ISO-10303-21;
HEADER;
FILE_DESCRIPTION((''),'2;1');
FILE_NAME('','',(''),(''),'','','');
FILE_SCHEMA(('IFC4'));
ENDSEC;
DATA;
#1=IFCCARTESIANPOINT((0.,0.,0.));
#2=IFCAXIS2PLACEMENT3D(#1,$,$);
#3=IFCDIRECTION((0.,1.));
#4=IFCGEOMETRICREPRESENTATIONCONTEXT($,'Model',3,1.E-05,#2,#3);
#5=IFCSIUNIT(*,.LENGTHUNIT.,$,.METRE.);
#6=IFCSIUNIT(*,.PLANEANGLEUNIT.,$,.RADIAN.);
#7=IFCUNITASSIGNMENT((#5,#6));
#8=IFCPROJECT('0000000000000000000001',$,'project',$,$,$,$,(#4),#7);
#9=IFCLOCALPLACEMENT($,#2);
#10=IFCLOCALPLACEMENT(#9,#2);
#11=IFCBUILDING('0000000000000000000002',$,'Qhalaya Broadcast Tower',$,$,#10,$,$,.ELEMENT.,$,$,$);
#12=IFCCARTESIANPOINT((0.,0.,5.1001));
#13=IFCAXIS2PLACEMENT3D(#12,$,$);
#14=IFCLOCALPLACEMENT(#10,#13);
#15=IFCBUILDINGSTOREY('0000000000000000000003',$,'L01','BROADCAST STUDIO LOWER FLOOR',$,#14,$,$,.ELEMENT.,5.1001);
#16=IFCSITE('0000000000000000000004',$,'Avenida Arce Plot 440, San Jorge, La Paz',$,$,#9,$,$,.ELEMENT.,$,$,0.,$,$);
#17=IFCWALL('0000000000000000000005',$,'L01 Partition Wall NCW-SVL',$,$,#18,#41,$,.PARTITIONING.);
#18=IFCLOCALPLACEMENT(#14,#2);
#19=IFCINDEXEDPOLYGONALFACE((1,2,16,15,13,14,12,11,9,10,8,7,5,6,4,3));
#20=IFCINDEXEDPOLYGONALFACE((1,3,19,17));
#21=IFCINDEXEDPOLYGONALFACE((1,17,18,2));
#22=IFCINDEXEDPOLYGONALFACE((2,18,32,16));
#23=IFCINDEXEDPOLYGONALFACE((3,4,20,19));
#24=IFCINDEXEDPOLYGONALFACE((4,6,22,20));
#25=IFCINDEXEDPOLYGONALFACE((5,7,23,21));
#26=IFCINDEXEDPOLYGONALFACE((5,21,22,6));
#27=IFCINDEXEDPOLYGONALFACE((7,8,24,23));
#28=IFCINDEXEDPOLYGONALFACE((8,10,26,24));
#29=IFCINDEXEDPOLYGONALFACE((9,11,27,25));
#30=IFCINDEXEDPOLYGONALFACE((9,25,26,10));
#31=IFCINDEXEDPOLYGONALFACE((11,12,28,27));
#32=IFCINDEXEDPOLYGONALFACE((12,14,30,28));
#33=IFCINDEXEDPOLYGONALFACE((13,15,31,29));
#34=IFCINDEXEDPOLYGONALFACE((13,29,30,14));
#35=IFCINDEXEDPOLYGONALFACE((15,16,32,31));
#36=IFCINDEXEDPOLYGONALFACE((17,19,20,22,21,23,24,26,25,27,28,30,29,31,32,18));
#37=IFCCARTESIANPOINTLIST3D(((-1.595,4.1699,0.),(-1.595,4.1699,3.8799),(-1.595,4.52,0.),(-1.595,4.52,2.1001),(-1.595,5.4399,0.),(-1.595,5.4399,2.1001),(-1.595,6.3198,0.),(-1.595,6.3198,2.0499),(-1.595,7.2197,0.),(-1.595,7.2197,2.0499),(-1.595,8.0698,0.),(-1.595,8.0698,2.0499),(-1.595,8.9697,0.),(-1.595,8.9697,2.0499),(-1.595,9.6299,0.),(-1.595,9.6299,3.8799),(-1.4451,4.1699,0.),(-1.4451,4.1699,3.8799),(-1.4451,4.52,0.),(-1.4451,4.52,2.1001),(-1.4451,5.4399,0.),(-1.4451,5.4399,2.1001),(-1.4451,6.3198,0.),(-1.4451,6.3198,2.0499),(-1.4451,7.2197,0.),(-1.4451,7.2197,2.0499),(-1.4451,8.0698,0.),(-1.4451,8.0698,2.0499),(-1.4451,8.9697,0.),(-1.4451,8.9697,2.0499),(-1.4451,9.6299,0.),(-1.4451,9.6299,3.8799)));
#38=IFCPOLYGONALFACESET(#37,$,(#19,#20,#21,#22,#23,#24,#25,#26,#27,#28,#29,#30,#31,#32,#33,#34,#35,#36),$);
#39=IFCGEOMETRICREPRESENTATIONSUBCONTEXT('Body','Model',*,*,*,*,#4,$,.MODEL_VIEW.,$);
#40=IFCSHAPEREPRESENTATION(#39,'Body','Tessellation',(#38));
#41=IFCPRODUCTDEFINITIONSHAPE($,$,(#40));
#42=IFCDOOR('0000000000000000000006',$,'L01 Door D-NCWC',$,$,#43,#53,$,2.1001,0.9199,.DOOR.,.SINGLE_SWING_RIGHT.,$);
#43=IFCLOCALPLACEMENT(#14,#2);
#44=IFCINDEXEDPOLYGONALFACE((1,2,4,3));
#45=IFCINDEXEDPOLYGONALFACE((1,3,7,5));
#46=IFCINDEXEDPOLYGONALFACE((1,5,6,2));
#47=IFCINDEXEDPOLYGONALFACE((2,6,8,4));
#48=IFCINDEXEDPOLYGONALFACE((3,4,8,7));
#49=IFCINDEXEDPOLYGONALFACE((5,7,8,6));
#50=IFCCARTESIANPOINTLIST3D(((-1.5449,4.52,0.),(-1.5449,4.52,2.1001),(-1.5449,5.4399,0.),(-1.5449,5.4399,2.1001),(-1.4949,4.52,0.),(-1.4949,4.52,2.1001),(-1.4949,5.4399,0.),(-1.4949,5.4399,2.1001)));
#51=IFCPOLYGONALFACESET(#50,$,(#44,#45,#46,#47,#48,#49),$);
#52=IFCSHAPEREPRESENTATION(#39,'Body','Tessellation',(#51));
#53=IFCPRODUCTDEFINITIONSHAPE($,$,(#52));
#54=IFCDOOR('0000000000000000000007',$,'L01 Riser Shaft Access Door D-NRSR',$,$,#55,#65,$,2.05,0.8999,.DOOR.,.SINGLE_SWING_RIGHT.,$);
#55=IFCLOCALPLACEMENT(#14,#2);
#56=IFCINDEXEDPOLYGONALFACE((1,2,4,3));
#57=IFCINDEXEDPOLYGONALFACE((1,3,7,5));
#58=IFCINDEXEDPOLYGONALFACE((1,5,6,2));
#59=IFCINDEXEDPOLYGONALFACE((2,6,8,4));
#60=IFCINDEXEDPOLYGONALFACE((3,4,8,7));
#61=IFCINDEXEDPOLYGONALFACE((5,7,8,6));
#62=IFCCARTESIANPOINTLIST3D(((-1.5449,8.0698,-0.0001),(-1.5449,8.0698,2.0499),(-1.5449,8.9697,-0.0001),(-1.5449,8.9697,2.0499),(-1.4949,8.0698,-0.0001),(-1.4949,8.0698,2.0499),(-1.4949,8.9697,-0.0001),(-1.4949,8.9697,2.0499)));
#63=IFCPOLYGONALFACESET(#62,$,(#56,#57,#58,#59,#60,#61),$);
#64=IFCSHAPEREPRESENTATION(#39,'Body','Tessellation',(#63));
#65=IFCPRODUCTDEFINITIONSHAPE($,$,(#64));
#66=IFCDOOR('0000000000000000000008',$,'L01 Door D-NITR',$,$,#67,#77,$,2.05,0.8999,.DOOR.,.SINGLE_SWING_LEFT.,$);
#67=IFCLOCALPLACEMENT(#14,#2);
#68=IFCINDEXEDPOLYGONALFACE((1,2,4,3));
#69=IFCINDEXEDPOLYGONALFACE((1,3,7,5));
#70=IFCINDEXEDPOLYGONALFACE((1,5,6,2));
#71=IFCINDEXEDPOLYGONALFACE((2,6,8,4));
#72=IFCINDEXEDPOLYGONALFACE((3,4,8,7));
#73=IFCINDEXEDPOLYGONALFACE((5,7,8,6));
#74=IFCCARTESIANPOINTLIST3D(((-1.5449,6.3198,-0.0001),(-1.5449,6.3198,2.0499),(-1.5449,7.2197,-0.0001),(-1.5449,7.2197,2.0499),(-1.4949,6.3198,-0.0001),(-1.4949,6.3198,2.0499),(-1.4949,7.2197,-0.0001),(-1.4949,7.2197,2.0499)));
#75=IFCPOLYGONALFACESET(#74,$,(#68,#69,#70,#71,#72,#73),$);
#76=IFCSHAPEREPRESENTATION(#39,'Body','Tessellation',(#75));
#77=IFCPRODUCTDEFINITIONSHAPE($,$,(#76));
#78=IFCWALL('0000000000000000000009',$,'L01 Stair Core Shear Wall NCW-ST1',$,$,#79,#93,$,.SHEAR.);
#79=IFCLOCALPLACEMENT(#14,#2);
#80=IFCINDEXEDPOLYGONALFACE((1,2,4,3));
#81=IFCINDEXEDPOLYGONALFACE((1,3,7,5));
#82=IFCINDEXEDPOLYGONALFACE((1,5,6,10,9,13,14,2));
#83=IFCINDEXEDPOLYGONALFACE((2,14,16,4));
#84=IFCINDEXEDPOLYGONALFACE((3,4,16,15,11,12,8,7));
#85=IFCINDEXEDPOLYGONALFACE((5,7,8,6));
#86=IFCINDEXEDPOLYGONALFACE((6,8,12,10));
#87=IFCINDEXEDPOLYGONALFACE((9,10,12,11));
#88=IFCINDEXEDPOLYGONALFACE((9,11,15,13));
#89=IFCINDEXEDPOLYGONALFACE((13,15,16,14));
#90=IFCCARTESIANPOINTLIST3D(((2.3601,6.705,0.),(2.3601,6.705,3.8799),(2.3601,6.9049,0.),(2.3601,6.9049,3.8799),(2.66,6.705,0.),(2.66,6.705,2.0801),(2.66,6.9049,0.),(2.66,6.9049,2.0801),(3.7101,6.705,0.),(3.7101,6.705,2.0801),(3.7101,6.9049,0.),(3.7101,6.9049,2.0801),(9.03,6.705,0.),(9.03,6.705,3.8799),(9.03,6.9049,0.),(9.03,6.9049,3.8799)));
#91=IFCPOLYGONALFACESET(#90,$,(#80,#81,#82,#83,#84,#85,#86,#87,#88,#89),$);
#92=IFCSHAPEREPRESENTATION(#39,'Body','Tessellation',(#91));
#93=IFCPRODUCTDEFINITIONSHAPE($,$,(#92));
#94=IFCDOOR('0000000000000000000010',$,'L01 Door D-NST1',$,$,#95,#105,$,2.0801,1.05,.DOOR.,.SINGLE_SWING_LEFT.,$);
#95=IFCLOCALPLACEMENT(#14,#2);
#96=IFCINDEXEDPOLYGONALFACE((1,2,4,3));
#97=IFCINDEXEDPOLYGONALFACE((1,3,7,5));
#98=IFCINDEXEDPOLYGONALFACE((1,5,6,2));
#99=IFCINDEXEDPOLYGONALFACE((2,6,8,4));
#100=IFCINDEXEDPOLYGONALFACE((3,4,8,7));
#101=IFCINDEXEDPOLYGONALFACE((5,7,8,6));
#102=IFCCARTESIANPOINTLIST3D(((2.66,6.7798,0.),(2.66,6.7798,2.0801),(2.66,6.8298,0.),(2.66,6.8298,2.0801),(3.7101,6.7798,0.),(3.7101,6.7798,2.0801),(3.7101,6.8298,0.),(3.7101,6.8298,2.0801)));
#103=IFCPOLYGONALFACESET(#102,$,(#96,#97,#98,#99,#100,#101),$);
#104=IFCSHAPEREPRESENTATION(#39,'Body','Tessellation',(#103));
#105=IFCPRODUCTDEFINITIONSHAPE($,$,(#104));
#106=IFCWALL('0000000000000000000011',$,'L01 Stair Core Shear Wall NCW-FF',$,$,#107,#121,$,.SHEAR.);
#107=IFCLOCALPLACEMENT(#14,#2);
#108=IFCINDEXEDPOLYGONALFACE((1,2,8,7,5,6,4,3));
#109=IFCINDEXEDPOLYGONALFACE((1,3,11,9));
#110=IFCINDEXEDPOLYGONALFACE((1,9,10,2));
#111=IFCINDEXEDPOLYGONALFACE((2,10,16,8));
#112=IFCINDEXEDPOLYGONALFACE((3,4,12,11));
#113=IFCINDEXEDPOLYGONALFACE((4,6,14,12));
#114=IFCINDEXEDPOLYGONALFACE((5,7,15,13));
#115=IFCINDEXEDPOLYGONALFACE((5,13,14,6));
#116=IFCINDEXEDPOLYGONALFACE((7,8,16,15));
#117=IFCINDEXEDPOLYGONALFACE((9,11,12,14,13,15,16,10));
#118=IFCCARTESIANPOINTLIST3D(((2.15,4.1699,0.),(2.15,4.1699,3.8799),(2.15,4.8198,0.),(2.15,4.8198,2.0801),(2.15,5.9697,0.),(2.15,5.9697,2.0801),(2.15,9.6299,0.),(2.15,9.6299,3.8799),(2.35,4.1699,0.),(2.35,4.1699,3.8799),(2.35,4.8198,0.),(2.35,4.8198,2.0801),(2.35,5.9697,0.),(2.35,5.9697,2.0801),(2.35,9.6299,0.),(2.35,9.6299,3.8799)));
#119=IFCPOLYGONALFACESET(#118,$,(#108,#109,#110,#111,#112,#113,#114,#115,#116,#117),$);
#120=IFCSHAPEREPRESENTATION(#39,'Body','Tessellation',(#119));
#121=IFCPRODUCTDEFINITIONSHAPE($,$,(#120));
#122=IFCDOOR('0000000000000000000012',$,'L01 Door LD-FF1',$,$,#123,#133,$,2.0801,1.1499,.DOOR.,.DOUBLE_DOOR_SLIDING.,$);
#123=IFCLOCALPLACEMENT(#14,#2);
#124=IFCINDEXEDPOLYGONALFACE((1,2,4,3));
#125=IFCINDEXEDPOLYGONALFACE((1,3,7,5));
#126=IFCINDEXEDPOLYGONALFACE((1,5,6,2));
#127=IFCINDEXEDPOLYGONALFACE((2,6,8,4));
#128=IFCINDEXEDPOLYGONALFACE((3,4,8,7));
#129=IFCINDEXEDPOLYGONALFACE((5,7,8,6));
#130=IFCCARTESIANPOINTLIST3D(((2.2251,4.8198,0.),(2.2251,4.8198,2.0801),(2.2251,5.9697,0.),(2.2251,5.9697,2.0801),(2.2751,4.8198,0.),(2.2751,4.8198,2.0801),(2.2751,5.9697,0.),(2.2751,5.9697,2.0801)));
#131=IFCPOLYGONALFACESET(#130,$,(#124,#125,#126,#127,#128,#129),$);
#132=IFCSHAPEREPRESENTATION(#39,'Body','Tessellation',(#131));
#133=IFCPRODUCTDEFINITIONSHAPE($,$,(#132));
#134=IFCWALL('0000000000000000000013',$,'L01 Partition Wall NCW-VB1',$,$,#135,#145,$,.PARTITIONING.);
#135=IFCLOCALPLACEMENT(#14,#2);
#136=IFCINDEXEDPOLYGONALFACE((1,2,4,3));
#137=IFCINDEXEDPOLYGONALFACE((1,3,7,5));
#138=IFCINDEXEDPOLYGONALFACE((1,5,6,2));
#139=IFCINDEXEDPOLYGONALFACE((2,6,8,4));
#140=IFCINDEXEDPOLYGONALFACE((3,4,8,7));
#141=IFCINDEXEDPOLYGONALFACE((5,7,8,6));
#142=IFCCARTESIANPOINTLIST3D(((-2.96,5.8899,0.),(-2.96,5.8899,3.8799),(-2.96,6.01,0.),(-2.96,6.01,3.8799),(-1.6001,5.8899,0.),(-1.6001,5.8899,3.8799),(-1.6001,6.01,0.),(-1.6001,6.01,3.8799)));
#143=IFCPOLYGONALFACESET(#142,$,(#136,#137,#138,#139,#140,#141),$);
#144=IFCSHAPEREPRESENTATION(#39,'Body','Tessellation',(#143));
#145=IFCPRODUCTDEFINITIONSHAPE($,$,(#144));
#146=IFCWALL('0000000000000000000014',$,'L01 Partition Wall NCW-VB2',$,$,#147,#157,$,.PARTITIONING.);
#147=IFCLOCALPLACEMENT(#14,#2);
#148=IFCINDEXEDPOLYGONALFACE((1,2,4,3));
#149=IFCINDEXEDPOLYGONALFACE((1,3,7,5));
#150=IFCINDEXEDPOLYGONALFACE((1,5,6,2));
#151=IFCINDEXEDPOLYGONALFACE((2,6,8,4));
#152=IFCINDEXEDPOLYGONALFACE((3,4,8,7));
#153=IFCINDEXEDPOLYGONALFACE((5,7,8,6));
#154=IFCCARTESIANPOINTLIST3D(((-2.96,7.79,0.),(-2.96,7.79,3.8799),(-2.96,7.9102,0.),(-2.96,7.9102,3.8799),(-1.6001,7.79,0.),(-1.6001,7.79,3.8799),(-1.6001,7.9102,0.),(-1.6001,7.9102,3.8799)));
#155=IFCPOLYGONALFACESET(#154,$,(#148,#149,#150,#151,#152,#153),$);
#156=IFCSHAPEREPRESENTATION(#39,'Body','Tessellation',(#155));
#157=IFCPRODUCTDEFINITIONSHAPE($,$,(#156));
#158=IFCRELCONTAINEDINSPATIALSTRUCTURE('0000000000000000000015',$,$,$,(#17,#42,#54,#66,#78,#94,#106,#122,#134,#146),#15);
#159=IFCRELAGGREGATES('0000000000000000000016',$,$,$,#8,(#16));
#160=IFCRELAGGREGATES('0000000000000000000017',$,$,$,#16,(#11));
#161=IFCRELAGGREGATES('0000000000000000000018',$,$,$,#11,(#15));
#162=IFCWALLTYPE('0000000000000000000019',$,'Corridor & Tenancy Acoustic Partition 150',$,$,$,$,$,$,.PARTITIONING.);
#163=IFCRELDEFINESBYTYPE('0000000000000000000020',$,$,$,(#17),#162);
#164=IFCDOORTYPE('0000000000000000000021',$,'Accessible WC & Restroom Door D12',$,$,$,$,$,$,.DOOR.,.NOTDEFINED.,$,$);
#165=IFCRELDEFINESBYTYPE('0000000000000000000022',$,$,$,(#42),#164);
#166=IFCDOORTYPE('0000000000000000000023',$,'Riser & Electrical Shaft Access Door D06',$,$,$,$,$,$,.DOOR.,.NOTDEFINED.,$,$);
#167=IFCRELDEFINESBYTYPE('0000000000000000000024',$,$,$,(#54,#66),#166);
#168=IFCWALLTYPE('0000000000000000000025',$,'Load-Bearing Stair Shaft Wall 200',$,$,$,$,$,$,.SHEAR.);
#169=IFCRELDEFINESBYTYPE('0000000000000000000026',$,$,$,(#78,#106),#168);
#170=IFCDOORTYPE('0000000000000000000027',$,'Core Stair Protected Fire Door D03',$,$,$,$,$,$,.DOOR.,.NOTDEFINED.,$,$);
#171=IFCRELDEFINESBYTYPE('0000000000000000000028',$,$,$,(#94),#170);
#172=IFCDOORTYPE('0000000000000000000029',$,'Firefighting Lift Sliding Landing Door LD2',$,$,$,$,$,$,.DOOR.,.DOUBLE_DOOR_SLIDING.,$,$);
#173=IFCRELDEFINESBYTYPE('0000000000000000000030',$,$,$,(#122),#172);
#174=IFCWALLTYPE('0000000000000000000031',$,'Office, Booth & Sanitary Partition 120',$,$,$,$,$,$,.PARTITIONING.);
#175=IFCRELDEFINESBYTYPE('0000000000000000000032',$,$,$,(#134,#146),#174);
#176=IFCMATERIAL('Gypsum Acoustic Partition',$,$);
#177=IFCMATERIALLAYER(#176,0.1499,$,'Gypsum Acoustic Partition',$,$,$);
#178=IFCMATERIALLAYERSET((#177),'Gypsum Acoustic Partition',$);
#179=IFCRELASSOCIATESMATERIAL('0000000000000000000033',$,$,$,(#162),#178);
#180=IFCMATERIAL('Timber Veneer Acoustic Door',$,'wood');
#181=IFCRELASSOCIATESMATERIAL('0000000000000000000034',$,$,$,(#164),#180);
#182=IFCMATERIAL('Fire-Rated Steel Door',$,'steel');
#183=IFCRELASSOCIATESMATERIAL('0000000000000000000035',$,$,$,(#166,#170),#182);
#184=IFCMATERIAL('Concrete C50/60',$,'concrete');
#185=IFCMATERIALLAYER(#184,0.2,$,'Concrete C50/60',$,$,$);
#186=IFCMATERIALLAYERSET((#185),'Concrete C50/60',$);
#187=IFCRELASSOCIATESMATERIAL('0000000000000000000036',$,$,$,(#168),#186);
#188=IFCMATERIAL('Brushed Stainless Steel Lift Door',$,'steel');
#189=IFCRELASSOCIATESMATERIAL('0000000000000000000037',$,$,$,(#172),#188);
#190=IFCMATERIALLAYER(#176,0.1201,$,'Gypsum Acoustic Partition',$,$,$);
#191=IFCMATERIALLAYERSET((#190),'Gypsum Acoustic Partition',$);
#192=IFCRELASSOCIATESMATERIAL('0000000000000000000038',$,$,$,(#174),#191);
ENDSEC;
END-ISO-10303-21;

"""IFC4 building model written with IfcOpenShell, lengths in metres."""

from ifc_helpers import new_model, si_unit, direction, frame, frame_2d, origin, place, context, subcontext, project, spatial, rectangle, extrude, material, layer, layer_set, type_object, element, fill, save


model = new_model("IFC4")

# Units and contexts
model_context = context("Model", 3, precision=1e-05, world=origin(), true_north=direction((0.0, 1.0)))
body_context = subcontext(model_context, "Body", "Model", "MODEL_VIEW")
ifc_project = project(units=[si_unit("LENGTHUNIT", "METRE"), si_unit("PLANEANGLEUNIT", "RADIAN")], contexts=[model_context])

# Site, building, storey
site_placement = place(None, origin())
site = spatial("IfcSite", under=ifc_project, at=site_placement, Name="Avenida Arce Plot 440, San Jorge, La Paz", CompositionType="ELEMENT", RefElevation=0.0)
building_placement = place(site_placement, origin())
building = spatial("IfcBuilding", under=site, at=building_placement, Name="Qhalaya Broadcast Tower", CompositionType="ELEMENT")
storey_placement = place(building_placement, frame((0.0, 0.0, 5.1001)))
storey = spatial("IfcBuildingStorey", under=building, at=storey_placement, Name="L01", Description="BROADCAST STUDIO LOWER FLOOR", CompositionType="ELEMENT", Elevation=5.1001)

# Wall, openings, doors
ifc_material_1 = material(Name="Gypsum Acoustic Partition")
ifc_layer_1 = layer(ifc_material_1, 0.1499, Name="Gypsum Acoustic Partition")
ifc_layer_set_1 = layer_set([ifc_layer_1], Name="Gypsum Acoustic Partition")
wall_type_1 = type_object("IfcWallType", Name="Corridor & Tenancy Acoustic Partition 150", PredefinedType="PARTITIONING", material=ifc_layer_set_1)
wall_1_placement = place(storey_placement, frame((-1.52, 4.1699, 0.0), z_axis=(0.0, 0.0, 1.0), x_axis=(0.0, 1.0, 0.0)))
wall_1 = element("IfcWall", 1, at=wall_1_placement, inside=storey, type_object=wall_type_1, Name="L01 Partition Wall NCW-SVL", PredefinedType="PARTITIONING", context=body_context, shape_type="SweptSolid", body=[
    extrude(rectangle(XDim=5.46, YDim=0.1499, at=frame_2d((2.73, 0.0))), origin(), (0.0, 0.0, 1.0), 3.8799),
])
opening_1_placement = place(wall_1_placement, frame((3.8999, 0.0, 0.0)))
opening_1 = element("IfcOpeningElement", 2, at=opening_1_placement, cuts=wall_1, PredefinedType="OPENING", context=body_context, shape_type="SweptSolid", body=[
    extrude(rectangle(XDim=0.8999, YDim=2.05, at=frame_2d((0.45, 1.0249))), frame((0.0, 0.0869, 0.0), z_axis=(0.0, -1.0, 0.0), x_axis=(1.0, 0.0, 0.0)), (0.0, 0.0, 1.0), 0.1738),
])
opening_2_placement = place(wall_1_placement, frame((2.1499, 0.0, 0.0)))
opening_2 = element("IfcOpeningElement", 3, at=opening_2_placement, cuts=wall_1, PredefinedType="OPENING", context=body_context, shape_type="SweptSolid", body=[
    extrude(rectangle(XDim=0.8999, YDim=2.05, at=frame_2d((0.45, 1.0249))), frame((0.0, 0.0869, 0.0), z_axis=(0.0, -1.0, 0.0), x_axis=(1.0, 0.0, 0.0)), (0.0, 0.0, 1.0), 0.1738),
])
opening_3_placement = place(wall_1_placement, frame((0.3501, 0.0, 0.0)))
opening_3 = element("IfcOpeningElement", 4, at=opening_3_placement, cuts=wall_1, PredefinedType="OPENING", context=body_context, shape_type="SweptSolid", body=[
    extrude(rectangle(XDim=0.9199, YDim=2.1001, at=frame_2d((0.46, 1.05))), frame((0.0, 0.0869, 0.0), z_axis=(0.0, -1.0, 0.0), x_axis=(1.0, 0.0, 0.0)), (0.0, 0.0, 1.0), 0.1738),
])
ifc_material_2 = material(Name="Timber Veneer Acoustic Door", Category="wood")
door_type_1 = type_object("IfcDoorType", Name="Accessible WC & Restroom Door D12", OperationType="NOTDEFINED", PredefinedType="DOOR", material=ifc_material_2)
door_1_placement = place(opening_3_placement, origin())
door_1 = element("IfcDoor", 5, at=door_1_placement, inside=storey, type_object=door_type_1, Name="L01 Door D-NCWC", OperationType="SINGLE_SWING_RIGHT", OverallHeight=2.1001, OverallWidth=0.9199, PredefinedType="DOOR", context=body_context, shape_type="SweptSolid", body=[
    extrude(rectangle(XDim=0.9199, YDim=2.1001, at=frame_2d((0.46, 1.05))), frame((0.0, 0.0249, 0.0), z_axis=(0.0, -1.0, 0.0), x_axis=(1.0, 0.0, 0.0)), (0.0, 0.0, 1.0), 0.05),
])
fill(opening_3, door_1)
ifc_material_3 = material(Name="Fire-Rated Steel Door", Category="steel")
door_type_2 = type_object("IfcDoorType", Name="Riser & Electrical Shaft Access Door D06", OperationType="NOTDEFINED", PredefinedType="DOOR", material=ifc_material_3)
door_2_placement = place(opening_1_placement, origin())
door_2 = element("IfcDoor", 6, at=door_2_placement, inside=storey, type_object=door_type_2, Name="L01 Riser Shaft Access Door D-NRSR", OperationType="SINGLE_SWING_RIGHT", OverallHeight=2.05, OverallWidth=0.8999, PredefinedType="DOOR", context=body_context, shape_type="SweptSolid", body=[
    extrude(rectangle(XDim=0.8999, YDim=2.05, at=frame_2d((0.45, 1.0249))), frame((0.0, 0.0249, 0.0), z_axis=(0.0, -1.0, 0.0), x_axis=(1.0, 0.0, 0.0)), (0.0, 0.0, 1.0), 0.05),
])
fill(opening_1, door_2)
door_3_placement = place(opening_2_placement, origin())
door_3 = element("IfcDoor", 7, at=door_3_placement, inside=storey, type_object=door_type_2, Name="L01 Door D-NITR", OperationType="SINGLE_SWING_LEFT", OverallHeight=2.05, OverallWidth=0.8999, PredefinedType="DOOR", context=body_context, shape_type="SweptSolid", body=[
    extrude(rectangle(XDim=0.8999, YDim=2.05, at=frame_2d((0.45, 1.0249))), frame((0.0, 0.0249, 0.0), z_axis=(0.0, -1.0, 0.0), x_axis=(1.0, 0.0, 0.0)), (0.0, 0.0, 1.0), 0.05),
])
fill(opening_2, door_3)

# Walls, openings, doors
ifc_material_4 = material(Name="Concrete C50/60", Category="concrete")
ifc_layer_2 = layer(ifc_material_4, 0.2, Name="Concrete C50/60")
ifc_layer_set_2 = layer_set([ifc_layer_2], Name="Concrete C50/60")
wall_type_2 = type_object("IfcWallType", Name="Load-Bearing Stair Shaft Wall 200", PredefinedType="SHEAR", material=ifc_layer_set_2)
wall_2_placement = place(storey_placement, frame((2.3601, 6.8049, 0.0), z_axis=(0.0, 0.0, 1.0), x_axis=(1.0, 0.0, 0.0)))
wall_2 = element("IfcWall", 8, at=wall_2_placement, inside=storey, type_object=wall_type_2, Name="L01 Stair Core Shear Wall NCW-ST1", PredefinedType="SHEAR", context=body_context, shape_type="SweptSolid", body=[
    extrude(rectangle(XDim=6.6699, YDim=0.2, at=frame_2d((3.335, 0.0))), origin(), (0.0, 0.0, 1.0), 3.8799),
])
opening_4_placement = place(wall_2_placement, frame((0.3, 0.0, 0.0)))
opening_4 = element("IfcOpeningElement", 9, at=opening_4_placement, cuts=wall_2, PredefinedType="OPENING", context=body_context, shape_type="SweptSolid", body=[
    extrude(rectangle(XDim=1.05, YDim=2.0801, at=frame_2d((0.5249, 1.04))), frame((0.0, 0.1121, 0.0), z_axis=(0.0, -1.0, 0.0), x_axis=(1.0, 0.0, 0.0)), (0.0, 0.0, 1.0), 0.2239),
])
door_type_3 = type_object("IfcDoorType", Name="Core Stair Protected Fire Door D03", OperationType="NOTDEFINED", PredefinedType="DOOR", material=ifc_material_3)
door_4_placement = place(opening_4_placement, origin())
door_4 = element("IfcDoor", 10, at=door_4_placement, inside=storey, type_object=door_type_3, Name="L01 Door D-NST1", OperationType="SINGLE_SWING_LEFT", OverallHeight=2.0801, OverallWidth=1.05, PredefinedType="DOOR", context=body_context, shape_type="SweptSolid", body=[
    extrude(rectangle(XDim=1.05, YDim=2.0801, at=frame_2d((0.5249, 1.04))), frame((0.0, 0.0249, 0.0), z_axis=(0.0, -1.0, 0.0), x_axis=(1.0, 0.0, 0.0)), (0.0, 0.0, 1.0), 0.05),
])
fill(opening_4, door_4)
wall_3_placement = place(storey_placement, frame((2.25, 4.1699, 0.0), z_axis=(0.0, 0.0, 1.0), x_axis=(0.0, 1.0, 0.0)))
wall_3 = element("IfcWall", 11, at=wall_3_placement, inside=storey, type_object=wall_type_2, Name="L01 Stair Core Shear Wall NCW-FF", PredefinedType="SHEAR", context=body_context, shape_type="SweptSolid", body=[
    extrude(rectangle(XDim=5.46, YDim=0.2, at=frame_2d((2.73, 0.0))), origin(), (0.0, 0.0, 1.0), 3.8799),
])
opening_5_placement = place(wall_3_placement, frame((0.6499, 0.0, 0.0)))
opening_5 = element("IfcOpeningElement", 12, at=opening_5_placement, cuts=wall_3, PredefinedType="OPENING", context=body_context, shape_type="SweptSolid", body=[
    extrude(rectangle(XDim=1.1499, YDim=2.0801, at=frame_2d((0.575, 1.04))), frame((0.0, 0.1121, 0.0), z_axis=(0.0, -1.0, 0.0), x_axis=(1.0, 0.0, 0.0)), (0.0, 0.0, 1.0), 0.2239),
])
ifc_material_5 = material(Name="Brushed Stainless Steel Lift Door", Category="steel")
door_type_4 = type_object("IfcDoorType", Name="Firefighting Lift Sliding Landing Door LD2", OperationType="DOUBLE_DOOR_SLIDING", PredefinedType="DOOR", material=ifc_material_5)
door_5_placement = place(opening_5_placement, origin())
door_5 = element("IfcDoor", 13, at=door_5_placement, inside=storey, type_object=door_type_4, Name="L01 Door LD-FF1", OperationType="DOUBLE_DOOR_SLIDING", OverallHeight=2.0801, OverallWidth=1.1499, PredefinedType="DOOR", context=body_context, shape_type="SweptSolid", body=[
    extrude(rectangle(XDim=1.1499, YDim=2.0801, at=frame_2d((0.575, 1.04))), frame((0.0, 0.0249, 0.0), z_axis=(0.0, -1.0, 0.0), x_axis=(1.0, 0.0, 0.0)), (0.0, 0.0, 1.0), 0.05),
])
fill(opening_5, door_5)

# Walls
ifc_layer_3 = layer(ifc_material_1, 0.1201, Name="Gypsum Acoustic Partition")
ifc_layer_set_3 = layer_set([ifc_layer_3], Name="Gypsum Acoustic Partition")
wall_type_3 = type_object("IfcWallType", Name="Office, Booth & Sanitary Partition 120", PredefinedType="PARTITIONING", material=ifc_layer_set_3)
for number, where, z_axis, x_axis, name in (
    (14, (-2.96, 5.95, 0.0), (0.0, 0.0, 1.0), (1.0, 0.0, 0.0), "L01 Partition Wall NCW-VB1"),
    (15, (-2.96, 7.8501, 0.0), (0.0, 0.0, 1.0), (1.0, 0.0, 0.0), "L01 Partition Wall NCW-VB2"),
):
    element("IfcWall", number, at=place(storey_placement, frame(where, z_axis=z_axis, x_axis=x_axis)), inside=storey, type_object=wall_type_3, Name=name, PredefinedType="PARTITIONING", context=body_context, shape_type="SweptSolid", body=[
        extrude(rectangle(XDim=1.3599, YDim=0.1201, at=frame_2d((0.6799, 0.0))), origin(), (0.0, 0.0, 1.0), 3.8799),
    ])

save(model, "model.ifc")
